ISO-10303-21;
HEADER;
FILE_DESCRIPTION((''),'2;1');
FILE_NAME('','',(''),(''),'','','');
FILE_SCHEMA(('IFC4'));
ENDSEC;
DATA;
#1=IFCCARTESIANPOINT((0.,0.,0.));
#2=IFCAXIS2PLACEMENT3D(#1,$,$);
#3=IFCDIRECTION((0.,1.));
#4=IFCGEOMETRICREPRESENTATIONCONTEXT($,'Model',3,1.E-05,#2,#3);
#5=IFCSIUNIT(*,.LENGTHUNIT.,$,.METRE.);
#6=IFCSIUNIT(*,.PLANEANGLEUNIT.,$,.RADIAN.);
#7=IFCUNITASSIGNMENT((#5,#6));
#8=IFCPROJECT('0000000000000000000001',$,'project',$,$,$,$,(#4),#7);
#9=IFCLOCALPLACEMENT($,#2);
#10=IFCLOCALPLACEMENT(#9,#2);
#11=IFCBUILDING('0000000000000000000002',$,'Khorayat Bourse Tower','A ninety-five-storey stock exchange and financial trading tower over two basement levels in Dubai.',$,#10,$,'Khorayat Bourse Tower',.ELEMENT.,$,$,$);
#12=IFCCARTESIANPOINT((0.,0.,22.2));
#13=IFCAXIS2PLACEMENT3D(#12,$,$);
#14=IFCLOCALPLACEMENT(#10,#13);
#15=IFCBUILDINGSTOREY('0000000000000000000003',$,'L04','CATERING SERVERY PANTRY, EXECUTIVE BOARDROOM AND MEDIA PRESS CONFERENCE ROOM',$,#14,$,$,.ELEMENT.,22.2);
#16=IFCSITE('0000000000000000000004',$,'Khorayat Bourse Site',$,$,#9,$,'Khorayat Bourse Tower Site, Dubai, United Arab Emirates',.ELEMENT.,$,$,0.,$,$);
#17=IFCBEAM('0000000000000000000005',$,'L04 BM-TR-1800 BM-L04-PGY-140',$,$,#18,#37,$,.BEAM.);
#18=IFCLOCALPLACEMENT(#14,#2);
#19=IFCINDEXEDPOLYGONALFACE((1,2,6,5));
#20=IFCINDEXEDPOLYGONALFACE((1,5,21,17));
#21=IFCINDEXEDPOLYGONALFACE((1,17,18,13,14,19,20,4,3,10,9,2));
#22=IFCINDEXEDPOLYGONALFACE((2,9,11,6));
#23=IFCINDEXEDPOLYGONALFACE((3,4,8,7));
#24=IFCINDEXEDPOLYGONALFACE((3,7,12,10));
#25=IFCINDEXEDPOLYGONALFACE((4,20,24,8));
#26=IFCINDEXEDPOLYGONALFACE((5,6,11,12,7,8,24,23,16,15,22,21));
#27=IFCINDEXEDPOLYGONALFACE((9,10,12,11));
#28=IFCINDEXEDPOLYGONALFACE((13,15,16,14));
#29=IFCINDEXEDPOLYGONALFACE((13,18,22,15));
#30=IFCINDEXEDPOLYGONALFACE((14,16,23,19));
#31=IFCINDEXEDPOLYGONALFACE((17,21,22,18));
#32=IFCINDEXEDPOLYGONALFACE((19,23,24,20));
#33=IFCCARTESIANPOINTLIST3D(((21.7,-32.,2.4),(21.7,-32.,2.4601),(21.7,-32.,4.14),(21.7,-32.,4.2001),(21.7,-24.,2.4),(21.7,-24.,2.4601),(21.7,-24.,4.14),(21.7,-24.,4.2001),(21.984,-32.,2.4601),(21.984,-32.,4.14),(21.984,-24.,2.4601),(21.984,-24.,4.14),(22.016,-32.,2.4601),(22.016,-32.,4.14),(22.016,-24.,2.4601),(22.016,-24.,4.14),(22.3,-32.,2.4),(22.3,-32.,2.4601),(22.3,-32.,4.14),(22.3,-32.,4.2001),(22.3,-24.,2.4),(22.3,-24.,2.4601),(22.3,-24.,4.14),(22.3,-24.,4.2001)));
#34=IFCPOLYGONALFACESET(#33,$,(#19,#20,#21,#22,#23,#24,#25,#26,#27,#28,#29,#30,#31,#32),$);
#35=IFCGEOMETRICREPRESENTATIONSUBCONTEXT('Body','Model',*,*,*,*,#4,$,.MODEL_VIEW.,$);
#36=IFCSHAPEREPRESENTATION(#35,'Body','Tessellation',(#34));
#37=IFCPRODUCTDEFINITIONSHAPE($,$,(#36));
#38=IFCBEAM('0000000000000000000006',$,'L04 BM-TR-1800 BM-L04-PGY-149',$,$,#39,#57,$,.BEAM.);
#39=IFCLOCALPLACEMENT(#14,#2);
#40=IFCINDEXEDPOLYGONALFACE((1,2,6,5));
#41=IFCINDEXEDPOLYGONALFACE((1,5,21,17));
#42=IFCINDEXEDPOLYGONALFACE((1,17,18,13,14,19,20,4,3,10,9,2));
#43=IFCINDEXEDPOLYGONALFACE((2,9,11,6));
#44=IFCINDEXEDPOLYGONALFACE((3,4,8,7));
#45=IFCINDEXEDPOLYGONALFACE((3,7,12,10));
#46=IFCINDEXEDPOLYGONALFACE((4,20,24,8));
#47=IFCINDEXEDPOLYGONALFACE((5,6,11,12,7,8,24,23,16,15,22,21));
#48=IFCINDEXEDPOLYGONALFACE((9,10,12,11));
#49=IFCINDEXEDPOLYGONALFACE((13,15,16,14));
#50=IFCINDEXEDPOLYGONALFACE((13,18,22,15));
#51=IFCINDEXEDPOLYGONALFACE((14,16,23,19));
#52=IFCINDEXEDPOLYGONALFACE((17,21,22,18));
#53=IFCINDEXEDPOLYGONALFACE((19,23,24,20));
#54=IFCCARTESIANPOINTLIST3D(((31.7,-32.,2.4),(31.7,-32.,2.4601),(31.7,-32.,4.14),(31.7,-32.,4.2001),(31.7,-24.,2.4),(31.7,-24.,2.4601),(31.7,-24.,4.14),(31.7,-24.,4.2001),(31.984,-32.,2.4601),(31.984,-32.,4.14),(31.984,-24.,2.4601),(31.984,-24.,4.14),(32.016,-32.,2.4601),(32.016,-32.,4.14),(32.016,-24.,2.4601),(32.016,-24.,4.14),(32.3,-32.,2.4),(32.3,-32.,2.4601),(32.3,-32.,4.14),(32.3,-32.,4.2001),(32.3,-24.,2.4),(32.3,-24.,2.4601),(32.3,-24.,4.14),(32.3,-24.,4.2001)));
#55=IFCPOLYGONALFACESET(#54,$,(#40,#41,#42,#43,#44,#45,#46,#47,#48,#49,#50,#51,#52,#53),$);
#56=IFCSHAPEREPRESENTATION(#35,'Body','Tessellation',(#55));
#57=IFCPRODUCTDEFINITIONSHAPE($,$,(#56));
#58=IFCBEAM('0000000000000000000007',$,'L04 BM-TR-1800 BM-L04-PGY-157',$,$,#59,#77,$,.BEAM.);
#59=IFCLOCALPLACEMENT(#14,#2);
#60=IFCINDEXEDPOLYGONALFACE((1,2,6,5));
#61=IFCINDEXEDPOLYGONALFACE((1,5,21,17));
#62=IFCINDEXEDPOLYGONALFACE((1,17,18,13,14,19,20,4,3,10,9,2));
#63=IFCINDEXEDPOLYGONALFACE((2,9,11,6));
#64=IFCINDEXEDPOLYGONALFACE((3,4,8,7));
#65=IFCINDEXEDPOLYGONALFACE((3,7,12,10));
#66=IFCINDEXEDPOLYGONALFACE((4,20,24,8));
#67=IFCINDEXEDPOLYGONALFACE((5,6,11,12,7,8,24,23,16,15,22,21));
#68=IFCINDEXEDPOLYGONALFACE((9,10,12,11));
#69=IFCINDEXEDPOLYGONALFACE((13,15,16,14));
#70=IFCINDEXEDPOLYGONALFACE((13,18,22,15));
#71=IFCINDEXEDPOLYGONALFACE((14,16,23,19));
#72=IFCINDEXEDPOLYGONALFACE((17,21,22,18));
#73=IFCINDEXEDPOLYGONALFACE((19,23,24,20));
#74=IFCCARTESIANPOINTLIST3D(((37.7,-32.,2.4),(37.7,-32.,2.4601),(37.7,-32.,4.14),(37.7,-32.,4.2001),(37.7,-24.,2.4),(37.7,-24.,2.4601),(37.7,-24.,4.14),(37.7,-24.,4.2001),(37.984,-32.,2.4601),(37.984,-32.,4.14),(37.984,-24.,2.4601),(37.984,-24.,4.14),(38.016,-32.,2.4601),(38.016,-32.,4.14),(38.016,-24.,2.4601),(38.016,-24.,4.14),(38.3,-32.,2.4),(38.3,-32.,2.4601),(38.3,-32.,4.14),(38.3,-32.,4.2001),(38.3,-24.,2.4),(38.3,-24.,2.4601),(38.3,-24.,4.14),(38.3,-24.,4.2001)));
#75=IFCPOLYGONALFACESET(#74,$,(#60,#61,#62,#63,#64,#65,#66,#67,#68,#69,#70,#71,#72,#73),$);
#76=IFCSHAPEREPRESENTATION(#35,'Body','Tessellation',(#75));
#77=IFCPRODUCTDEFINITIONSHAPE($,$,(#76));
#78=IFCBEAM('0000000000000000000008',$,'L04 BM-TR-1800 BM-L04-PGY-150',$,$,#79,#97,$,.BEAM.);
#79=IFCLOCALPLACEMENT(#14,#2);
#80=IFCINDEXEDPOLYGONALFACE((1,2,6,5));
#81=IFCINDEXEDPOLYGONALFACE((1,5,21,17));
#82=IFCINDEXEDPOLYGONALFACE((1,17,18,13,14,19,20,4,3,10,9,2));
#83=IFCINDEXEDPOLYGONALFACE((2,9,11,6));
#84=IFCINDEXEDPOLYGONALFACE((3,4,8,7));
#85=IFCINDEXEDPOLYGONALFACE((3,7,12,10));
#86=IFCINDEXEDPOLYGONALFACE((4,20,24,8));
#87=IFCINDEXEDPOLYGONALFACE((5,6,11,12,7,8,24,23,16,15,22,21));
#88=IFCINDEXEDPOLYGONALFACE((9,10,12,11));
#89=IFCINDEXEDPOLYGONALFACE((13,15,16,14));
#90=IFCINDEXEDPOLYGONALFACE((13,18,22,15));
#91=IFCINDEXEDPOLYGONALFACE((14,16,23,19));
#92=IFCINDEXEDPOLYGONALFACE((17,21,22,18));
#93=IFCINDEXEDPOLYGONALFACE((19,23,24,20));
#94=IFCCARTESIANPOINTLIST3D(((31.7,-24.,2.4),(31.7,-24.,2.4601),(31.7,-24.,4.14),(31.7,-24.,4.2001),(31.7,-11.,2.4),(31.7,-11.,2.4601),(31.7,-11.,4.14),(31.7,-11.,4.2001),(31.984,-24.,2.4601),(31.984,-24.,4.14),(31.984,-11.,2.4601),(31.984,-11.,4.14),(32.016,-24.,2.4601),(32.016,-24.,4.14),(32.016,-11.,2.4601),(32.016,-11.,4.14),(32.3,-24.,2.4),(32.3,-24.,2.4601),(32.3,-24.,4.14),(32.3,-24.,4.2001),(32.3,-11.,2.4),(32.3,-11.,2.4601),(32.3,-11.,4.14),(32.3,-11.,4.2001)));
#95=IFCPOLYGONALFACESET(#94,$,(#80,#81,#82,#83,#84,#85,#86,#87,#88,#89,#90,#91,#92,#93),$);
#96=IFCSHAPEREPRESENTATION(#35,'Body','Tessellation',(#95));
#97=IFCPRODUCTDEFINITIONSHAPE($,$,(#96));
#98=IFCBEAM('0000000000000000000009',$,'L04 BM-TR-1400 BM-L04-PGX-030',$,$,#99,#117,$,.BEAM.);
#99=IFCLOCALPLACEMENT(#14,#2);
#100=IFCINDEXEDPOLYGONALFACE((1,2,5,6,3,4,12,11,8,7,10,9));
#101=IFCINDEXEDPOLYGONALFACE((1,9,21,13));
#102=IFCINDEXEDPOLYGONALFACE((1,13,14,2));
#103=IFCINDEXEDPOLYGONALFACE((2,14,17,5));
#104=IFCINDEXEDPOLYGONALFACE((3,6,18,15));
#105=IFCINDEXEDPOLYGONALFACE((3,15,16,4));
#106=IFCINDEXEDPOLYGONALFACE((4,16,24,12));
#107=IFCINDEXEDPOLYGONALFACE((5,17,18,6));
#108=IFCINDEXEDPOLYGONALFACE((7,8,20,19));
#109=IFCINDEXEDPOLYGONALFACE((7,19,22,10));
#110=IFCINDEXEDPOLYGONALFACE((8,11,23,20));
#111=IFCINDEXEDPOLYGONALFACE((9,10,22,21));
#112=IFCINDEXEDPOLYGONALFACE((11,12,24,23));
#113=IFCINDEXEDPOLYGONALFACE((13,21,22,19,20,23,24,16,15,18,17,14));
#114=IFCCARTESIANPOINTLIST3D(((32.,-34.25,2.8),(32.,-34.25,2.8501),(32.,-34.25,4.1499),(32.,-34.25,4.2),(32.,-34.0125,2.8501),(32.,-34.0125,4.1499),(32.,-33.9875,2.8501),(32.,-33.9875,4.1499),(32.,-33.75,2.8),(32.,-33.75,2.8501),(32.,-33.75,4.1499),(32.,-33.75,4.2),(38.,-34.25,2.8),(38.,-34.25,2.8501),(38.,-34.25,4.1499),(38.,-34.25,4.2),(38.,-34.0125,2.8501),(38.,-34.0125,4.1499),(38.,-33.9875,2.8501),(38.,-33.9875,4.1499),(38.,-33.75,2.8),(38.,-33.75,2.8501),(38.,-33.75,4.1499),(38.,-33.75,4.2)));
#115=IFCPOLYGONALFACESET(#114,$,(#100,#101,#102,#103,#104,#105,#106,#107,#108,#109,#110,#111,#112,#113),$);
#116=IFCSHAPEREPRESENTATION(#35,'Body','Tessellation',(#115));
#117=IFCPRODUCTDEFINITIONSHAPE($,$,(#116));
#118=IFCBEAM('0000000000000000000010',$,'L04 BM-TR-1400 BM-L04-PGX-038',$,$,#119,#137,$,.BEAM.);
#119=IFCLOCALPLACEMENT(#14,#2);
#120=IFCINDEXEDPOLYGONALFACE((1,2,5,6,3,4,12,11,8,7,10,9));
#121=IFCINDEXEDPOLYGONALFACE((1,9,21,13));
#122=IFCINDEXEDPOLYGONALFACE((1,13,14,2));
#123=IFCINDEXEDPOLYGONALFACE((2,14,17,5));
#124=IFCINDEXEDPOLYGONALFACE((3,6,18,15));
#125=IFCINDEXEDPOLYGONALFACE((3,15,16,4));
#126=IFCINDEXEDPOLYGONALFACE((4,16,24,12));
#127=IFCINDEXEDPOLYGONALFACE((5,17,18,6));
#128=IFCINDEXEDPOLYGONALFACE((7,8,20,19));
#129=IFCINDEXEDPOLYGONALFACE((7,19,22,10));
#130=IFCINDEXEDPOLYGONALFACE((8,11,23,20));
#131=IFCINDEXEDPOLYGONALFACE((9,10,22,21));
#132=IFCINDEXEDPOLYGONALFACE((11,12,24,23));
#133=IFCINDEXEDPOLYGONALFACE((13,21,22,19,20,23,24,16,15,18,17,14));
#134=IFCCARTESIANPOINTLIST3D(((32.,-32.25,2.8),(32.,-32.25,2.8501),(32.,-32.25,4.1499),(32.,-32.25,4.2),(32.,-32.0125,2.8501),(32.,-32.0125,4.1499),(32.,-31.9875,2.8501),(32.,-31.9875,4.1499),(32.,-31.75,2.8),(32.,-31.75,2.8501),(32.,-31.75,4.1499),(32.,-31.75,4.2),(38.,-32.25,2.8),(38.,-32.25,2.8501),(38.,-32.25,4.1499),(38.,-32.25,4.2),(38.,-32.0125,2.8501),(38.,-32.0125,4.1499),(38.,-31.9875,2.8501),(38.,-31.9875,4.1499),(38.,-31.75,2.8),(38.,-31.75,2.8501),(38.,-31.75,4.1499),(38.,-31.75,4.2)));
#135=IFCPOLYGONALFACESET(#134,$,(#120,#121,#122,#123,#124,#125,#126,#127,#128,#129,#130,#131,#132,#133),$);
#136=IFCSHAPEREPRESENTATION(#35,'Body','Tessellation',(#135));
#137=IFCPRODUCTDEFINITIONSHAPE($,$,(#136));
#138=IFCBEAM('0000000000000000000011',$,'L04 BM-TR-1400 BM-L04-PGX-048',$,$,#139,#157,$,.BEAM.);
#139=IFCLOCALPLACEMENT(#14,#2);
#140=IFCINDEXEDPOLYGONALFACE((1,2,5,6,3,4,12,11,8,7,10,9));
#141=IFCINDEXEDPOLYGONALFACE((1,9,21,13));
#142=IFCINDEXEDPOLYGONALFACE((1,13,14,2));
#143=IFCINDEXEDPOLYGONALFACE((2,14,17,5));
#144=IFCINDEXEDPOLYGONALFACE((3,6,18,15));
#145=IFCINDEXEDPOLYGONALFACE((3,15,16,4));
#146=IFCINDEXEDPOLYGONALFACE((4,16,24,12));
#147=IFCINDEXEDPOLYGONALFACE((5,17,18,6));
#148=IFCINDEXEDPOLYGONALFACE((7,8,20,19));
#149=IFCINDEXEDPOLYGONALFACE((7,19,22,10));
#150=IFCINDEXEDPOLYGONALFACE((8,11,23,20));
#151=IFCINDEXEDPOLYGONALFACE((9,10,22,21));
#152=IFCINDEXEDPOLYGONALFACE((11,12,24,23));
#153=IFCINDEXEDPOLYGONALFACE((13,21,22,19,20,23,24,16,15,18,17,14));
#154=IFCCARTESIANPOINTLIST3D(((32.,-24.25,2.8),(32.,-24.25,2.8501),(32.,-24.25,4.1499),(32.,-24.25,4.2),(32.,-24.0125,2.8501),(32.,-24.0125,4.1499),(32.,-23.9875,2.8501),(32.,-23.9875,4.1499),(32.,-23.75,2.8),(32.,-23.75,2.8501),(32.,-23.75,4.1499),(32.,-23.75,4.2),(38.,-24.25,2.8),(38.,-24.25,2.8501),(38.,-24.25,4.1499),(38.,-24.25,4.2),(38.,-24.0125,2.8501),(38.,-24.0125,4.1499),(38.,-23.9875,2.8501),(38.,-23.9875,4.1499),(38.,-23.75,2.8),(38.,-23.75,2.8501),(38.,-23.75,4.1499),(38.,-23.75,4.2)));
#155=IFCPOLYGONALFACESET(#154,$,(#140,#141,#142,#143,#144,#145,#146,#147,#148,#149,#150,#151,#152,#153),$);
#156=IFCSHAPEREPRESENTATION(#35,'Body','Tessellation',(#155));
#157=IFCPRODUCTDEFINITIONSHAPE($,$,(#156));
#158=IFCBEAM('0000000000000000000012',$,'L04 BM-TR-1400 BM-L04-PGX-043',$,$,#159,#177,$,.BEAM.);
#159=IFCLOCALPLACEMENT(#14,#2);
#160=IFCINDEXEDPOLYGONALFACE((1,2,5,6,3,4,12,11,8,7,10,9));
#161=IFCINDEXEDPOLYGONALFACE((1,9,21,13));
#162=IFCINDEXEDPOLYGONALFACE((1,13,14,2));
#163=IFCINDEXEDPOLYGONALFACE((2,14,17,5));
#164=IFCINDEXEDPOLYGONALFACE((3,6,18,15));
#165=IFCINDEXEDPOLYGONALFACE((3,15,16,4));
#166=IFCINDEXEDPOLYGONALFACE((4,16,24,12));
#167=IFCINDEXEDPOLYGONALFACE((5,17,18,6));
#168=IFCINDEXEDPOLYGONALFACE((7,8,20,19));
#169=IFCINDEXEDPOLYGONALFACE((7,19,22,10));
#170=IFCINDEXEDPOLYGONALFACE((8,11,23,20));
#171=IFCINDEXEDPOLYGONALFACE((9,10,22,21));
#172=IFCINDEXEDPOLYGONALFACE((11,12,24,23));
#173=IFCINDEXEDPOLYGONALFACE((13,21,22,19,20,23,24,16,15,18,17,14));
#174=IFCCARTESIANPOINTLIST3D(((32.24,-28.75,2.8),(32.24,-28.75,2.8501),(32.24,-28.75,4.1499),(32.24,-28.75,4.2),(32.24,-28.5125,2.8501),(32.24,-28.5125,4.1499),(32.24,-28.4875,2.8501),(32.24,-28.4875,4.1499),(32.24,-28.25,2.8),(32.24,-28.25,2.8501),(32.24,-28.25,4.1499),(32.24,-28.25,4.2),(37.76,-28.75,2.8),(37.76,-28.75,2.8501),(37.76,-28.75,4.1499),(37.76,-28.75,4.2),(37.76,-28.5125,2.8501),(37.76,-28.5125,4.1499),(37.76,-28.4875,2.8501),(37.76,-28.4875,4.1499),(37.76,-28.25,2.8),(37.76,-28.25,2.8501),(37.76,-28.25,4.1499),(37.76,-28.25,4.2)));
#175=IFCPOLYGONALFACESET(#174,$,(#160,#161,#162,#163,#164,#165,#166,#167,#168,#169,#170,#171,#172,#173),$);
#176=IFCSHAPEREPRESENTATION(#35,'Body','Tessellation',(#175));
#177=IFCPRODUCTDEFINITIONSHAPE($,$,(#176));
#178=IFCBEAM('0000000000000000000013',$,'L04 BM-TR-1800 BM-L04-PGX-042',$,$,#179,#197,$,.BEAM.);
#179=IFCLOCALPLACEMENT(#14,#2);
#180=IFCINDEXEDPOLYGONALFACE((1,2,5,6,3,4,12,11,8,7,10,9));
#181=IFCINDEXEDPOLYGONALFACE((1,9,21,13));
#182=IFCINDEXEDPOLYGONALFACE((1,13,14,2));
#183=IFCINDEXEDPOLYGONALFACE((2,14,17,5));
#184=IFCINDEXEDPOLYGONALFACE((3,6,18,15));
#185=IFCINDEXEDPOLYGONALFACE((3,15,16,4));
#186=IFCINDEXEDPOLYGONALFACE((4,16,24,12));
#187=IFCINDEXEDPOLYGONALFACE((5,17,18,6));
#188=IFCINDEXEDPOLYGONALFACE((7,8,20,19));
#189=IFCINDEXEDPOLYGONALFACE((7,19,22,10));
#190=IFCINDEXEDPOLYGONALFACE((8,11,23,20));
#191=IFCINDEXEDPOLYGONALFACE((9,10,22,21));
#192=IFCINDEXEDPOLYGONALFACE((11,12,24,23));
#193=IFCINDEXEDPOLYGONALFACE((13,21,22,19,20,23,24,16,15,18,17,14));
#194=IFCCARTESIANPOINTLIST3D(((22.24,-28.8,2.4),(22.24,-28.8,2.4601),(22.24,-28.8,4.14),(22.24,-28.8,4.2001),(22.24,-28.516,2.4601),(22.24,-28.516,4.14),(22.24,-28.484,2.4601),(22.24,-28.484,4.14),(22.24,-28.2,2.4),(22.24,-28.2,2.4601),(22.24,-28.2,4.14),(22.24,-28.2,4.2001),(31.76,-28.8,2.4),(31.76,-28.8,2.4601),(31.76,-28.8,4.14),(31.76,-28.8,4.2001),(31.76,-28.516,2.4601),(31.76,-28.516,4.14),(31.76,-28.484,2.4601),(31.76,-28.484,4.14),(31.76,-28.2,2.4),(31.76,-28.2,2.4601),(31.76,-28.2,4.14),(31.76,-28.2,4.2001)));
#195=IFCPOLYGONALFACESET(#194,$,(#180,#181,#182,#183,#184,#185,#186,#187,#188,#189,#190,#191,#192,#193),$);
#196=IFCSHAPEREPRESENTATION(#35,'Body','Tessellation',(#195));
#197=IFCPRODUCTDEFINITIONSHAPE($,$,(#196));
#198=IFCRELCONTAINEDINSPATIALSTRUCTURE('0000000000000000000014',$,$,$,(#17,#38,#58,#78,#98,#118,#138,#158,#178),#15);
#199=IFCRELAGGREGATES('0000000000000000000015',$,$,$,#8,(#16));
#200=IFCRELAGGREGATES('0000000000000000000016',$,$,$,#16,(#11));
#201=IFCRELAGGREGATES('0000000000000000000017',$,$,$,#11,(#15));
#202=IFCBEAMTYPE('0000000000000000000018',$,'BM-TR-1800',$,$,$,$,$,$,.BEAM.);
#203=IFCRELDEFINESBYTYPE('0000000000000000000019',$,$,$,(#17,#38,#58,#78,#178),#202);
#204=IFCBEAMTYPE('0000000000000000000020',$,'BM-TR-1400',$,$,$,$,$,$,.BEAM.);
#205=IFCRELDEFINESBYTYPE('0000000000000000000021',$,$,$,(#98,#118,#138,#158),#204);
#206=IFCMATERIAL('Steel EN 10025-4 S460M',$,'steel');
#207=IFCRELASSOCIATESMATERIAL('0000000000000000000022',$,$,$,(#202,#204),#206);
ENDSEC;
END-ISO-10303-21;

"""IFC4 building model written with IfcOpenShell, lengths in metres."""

from ifc_helpers import new_model, si_unit, direction, frame, origin, origin_2d, place, context, subcontext, project, spatial, i_section, extrude, source, transform, mapped, material, material_profile, profile_set, type_object, element, save


model = new_model("IFC4")

# Units and contexts
model_context = context("Model", 3, precision=1e-05, world=origin(), true_north=direction((0.0, 1.0)))
body_context = subcontext(model_context, "Body", "Model", "MODEL_VIEW")
ifc_project = project(units=[si_unit("LENGTHUNIT", "METRE"), si_unit("PLANEANGLEUNIT", "RADIAN")], contexts=[model_context])

# Site, building, storey
site_placement = place(None, origin())
site = spatial("IfcSite", under=ifc_project, at=site_placement, Name="Khorayat Bourse Site", LongName="Khorayat Bourse Tower Site, Dubai, United Arab Emirates", CompositionType="ELEMENT", RefElevation=0.0)
building_placement = place(site_placement, origin())
building = spatial("IfcBuilding", under=site, at=building_placement, Name="Khorayat Bourse Tower", Description="A ninety-five-storey stock exchange and financial trading tower over two basement levels in Dubai.", LongName="Khorayat Bourse Tower", CompositionType="ELEMENT")
storey_placement = place(building_placement, frame((0.0, 0.0, 22.2)))
storey = spatial("IfcBuildingStorey", under=building, at=storey_placement, Name="L04", Description="CATERING SERVERY PANTRY, EXECUTIVE BOARDROOM AND MEDIA PRESS CONFERENCE ROOM", CompositionType="ELEMENT", Elevation=22.2)

# Beams
ifc_material_1 = material(Name="Steel EN 10025-4 S460M", Category="steel")
ifc_material_profile_1 = material_profile(ifc_material_1, i_section(OverallWidth=0.6001, OverallDepth=1.8, WebThickness=0.032, FlangeThickness=0.0601, at=origin_2d()), Name="PG 1800x600x32x60")
ifc_profile_set_1 = profile_set([ifc_material_profile_1], Name="Steel EN 10025-4 S460M")
beam_type_1 = type_object("IfcBeamType", Name="BM-TR-1800", PredefinedType="BEAM", material=ifc_profile_set_1)
shared_shape_1 = source(origin(), body_context, "Body", "SweptSolid", [
    extrude(i_section(OverallWidth=0.6001, OverallDepth=1.8, WebThickness=0.032, FlangeThickness=0.0601, at=origin_2d()), origin(), (0.0, 0.0, 1.0), 8.0),
])
for number, where, z_axis, x_axis, name in (
    (1, (22.0, -32.0, 3.3), (0.0, 1.0, 0.0), (-1.0, 0.0, 0.0), "L04 BM-TR-1800 BM-L04-PGY-140"),
    (2, (32.0, -32.0, 3.3), (0.0, 1.0, 0.0), (-1.0, 0.0, 0.0), "L04 BM-TR-1800 BM-L04-PGY-149"),
    (3, (38.0, -32.0, 3.3), (0.0, 1.0, 0.0), (-1.0, 0.0, 0.0), "L04 BM-TR-1800 BM-L04-PGY-157"),
):
    element("IfcBeam", number, at=place(storey_placement, frame(where, z_axis=z_axis, x_axis=x_axis)), inside=storey, type_object=beam_type_1, Name=name, PredefinedType="BEAM", context=body_context, shape_type="MappedRepresentation", body=[
        mapped(shared_shape_1, transform((0.0, 0.0, 0.0), scale=1.0)),
    ])
shared_shape_2 = source(origin(), body_context, "Body", "SweptSolid", [
    extrude(i_section(OverallWidth=0.6001, OverallDepth=1.8, WebThickness=0.032, FlangeThickness=0.0601, at=origin_2d()), origin(), (0.0, 0.0, 1.0), 13.0),
])
beam_1_placement = place(storey_placement, frame((32.0, -24.0, 3.3), z_axis=(0.0, 1.0, 0.0), x_axis=(-1.0, 0.0, 0.0)))
element("IfcBeam", 4, at=beam_1_placement, inside=storey, type_object=beam_type_1, Name="L04 BM-TR-1800 BM-L04-PGY-150", PredefinedType="BEAM", context=body_context, shape_type="MappedRepresentation", body=[
    mapped(shared_shape_2, transform((0.0, 0.0, 0.0), scale=1.0)),
])
ifc_material_profile_2 = material_profile(ifc_material_1, i_section(OverallWidth=0.5, OverallDepth=1.3999, WebThickness=0.0249, FlangeThickness=0.05, at=origin_2d()), Name="PG 1400x500x25x50")
ifc_profile_set_2 = profile_set([ifc_material_profile_2], Name="Steel EN 10025-4 S460M")
beam_type_2 = type_object("IfcBeamType", Name="BM-TR-1400", PredefinedType="BEAM", material=ifc_profile_set_2)
shared_shape_3 = source(origin(), body_context, "Body", "SweptSolid", [
    extrude(i_section(OverallWidth=0.5, OverallDepth=1.3999, WebThickness=0.0249, FlangeThickness=0.05, at=origin_2d()), origin(), (0.0, 0.0, 1.0), 6.0),
])
for number, where, z_axis, x_axis, name in (
    (5, (32.0, -34.0, 3.5), (1.0, 0.0, 0.0), (0.0, 1.0, 0.0), "L04 BM-TR-1400 BM-L04-PGX-030"),
    (6, (32.0, -32.0, 3.5), (1.0, 0.0, 0.0), (0.0, 1.0, 0.0), "L04 BM-TR-1400 BM-L04-PGX-038"),
    (7, (32.0, -24.0, 3.5), (1.0, 0.0, 0.0), (0.0, 1.0, 0.0), "L04 BM-TR-1400 BM-L04-PGX-048"),
):
    element("IfcBeam", number, at=place(storey_placement, frame(where, z_axis=z_axis, x_axis=x_axis)), inside=storey, type_object=beam_type_2, Name=name, PredefinedType="BEAM", context=body_context, shape_type="MappedRepresentation", body=[
        mapped(shared_shape_3, transform((0.0, 0.0, 0.0), scale=1.0)),
    ])
shared_shape_4 = source(origin(), body_context, "Body", "SweptSolid", [
    extrude(i_section(OverallWidth=0.5, OverallDepth=1.3999, WebThickness=0.0249, FlangeThickness=0.05, at=origin_2d()), origin(), (0.0, 0.0, 1.0), 5.52),
])
beam_2_placement = place(storey_placement, frame((32.24, -28.5, 3.5), z_axis=(1.0, 0.0, 0.0), x_axis=(0.0, 1.0, 0.0)))
element("IfcBeam", 8, at=beam_2_placement, inside=storey, type_object=beam_type_2, Name="L04 BM-TR-1400 BM-L04-PGX-043", PredefinedType="BEAM", context=body_context, shape_type="MappedRepresentation", body=[
    mapped(shared_shape_4, transform((0.0, 0.0, 0.0), scale=1.0)),
])
shared_shape_5 = source(origin(), body_context, "Body", "SweptSolid", [
    extrude(i_section(OverallWidth=0.6001, OverallDepth=1.8, WebThickness=0.032, FlangeThickness=0.0601, at=origin_2d()), origin(), (0.0, 0.0, 1.0), 9.52),
])
beam_3_placement = place(storey_placement, frame((22.24, -28.5, 3.3), z_axis=(1.0, 0.0, 0.0), x_axis=(0.0, 1.0, 0.0)))
element("IfcBeam", 9, at=beam_3_placement, inside=storey, type_object=beam_type_1, Name="L04 BM-TR-1800 BM-L04-PGX-042", PredefinedType="BEAM", context=body_context, shape_type="MappedRepresentation", body=[
    mapped(shared_shape_5, transform((0.0, 0.0, 0.0), scale=1.0)),
])

save(model, "model.ifc")
